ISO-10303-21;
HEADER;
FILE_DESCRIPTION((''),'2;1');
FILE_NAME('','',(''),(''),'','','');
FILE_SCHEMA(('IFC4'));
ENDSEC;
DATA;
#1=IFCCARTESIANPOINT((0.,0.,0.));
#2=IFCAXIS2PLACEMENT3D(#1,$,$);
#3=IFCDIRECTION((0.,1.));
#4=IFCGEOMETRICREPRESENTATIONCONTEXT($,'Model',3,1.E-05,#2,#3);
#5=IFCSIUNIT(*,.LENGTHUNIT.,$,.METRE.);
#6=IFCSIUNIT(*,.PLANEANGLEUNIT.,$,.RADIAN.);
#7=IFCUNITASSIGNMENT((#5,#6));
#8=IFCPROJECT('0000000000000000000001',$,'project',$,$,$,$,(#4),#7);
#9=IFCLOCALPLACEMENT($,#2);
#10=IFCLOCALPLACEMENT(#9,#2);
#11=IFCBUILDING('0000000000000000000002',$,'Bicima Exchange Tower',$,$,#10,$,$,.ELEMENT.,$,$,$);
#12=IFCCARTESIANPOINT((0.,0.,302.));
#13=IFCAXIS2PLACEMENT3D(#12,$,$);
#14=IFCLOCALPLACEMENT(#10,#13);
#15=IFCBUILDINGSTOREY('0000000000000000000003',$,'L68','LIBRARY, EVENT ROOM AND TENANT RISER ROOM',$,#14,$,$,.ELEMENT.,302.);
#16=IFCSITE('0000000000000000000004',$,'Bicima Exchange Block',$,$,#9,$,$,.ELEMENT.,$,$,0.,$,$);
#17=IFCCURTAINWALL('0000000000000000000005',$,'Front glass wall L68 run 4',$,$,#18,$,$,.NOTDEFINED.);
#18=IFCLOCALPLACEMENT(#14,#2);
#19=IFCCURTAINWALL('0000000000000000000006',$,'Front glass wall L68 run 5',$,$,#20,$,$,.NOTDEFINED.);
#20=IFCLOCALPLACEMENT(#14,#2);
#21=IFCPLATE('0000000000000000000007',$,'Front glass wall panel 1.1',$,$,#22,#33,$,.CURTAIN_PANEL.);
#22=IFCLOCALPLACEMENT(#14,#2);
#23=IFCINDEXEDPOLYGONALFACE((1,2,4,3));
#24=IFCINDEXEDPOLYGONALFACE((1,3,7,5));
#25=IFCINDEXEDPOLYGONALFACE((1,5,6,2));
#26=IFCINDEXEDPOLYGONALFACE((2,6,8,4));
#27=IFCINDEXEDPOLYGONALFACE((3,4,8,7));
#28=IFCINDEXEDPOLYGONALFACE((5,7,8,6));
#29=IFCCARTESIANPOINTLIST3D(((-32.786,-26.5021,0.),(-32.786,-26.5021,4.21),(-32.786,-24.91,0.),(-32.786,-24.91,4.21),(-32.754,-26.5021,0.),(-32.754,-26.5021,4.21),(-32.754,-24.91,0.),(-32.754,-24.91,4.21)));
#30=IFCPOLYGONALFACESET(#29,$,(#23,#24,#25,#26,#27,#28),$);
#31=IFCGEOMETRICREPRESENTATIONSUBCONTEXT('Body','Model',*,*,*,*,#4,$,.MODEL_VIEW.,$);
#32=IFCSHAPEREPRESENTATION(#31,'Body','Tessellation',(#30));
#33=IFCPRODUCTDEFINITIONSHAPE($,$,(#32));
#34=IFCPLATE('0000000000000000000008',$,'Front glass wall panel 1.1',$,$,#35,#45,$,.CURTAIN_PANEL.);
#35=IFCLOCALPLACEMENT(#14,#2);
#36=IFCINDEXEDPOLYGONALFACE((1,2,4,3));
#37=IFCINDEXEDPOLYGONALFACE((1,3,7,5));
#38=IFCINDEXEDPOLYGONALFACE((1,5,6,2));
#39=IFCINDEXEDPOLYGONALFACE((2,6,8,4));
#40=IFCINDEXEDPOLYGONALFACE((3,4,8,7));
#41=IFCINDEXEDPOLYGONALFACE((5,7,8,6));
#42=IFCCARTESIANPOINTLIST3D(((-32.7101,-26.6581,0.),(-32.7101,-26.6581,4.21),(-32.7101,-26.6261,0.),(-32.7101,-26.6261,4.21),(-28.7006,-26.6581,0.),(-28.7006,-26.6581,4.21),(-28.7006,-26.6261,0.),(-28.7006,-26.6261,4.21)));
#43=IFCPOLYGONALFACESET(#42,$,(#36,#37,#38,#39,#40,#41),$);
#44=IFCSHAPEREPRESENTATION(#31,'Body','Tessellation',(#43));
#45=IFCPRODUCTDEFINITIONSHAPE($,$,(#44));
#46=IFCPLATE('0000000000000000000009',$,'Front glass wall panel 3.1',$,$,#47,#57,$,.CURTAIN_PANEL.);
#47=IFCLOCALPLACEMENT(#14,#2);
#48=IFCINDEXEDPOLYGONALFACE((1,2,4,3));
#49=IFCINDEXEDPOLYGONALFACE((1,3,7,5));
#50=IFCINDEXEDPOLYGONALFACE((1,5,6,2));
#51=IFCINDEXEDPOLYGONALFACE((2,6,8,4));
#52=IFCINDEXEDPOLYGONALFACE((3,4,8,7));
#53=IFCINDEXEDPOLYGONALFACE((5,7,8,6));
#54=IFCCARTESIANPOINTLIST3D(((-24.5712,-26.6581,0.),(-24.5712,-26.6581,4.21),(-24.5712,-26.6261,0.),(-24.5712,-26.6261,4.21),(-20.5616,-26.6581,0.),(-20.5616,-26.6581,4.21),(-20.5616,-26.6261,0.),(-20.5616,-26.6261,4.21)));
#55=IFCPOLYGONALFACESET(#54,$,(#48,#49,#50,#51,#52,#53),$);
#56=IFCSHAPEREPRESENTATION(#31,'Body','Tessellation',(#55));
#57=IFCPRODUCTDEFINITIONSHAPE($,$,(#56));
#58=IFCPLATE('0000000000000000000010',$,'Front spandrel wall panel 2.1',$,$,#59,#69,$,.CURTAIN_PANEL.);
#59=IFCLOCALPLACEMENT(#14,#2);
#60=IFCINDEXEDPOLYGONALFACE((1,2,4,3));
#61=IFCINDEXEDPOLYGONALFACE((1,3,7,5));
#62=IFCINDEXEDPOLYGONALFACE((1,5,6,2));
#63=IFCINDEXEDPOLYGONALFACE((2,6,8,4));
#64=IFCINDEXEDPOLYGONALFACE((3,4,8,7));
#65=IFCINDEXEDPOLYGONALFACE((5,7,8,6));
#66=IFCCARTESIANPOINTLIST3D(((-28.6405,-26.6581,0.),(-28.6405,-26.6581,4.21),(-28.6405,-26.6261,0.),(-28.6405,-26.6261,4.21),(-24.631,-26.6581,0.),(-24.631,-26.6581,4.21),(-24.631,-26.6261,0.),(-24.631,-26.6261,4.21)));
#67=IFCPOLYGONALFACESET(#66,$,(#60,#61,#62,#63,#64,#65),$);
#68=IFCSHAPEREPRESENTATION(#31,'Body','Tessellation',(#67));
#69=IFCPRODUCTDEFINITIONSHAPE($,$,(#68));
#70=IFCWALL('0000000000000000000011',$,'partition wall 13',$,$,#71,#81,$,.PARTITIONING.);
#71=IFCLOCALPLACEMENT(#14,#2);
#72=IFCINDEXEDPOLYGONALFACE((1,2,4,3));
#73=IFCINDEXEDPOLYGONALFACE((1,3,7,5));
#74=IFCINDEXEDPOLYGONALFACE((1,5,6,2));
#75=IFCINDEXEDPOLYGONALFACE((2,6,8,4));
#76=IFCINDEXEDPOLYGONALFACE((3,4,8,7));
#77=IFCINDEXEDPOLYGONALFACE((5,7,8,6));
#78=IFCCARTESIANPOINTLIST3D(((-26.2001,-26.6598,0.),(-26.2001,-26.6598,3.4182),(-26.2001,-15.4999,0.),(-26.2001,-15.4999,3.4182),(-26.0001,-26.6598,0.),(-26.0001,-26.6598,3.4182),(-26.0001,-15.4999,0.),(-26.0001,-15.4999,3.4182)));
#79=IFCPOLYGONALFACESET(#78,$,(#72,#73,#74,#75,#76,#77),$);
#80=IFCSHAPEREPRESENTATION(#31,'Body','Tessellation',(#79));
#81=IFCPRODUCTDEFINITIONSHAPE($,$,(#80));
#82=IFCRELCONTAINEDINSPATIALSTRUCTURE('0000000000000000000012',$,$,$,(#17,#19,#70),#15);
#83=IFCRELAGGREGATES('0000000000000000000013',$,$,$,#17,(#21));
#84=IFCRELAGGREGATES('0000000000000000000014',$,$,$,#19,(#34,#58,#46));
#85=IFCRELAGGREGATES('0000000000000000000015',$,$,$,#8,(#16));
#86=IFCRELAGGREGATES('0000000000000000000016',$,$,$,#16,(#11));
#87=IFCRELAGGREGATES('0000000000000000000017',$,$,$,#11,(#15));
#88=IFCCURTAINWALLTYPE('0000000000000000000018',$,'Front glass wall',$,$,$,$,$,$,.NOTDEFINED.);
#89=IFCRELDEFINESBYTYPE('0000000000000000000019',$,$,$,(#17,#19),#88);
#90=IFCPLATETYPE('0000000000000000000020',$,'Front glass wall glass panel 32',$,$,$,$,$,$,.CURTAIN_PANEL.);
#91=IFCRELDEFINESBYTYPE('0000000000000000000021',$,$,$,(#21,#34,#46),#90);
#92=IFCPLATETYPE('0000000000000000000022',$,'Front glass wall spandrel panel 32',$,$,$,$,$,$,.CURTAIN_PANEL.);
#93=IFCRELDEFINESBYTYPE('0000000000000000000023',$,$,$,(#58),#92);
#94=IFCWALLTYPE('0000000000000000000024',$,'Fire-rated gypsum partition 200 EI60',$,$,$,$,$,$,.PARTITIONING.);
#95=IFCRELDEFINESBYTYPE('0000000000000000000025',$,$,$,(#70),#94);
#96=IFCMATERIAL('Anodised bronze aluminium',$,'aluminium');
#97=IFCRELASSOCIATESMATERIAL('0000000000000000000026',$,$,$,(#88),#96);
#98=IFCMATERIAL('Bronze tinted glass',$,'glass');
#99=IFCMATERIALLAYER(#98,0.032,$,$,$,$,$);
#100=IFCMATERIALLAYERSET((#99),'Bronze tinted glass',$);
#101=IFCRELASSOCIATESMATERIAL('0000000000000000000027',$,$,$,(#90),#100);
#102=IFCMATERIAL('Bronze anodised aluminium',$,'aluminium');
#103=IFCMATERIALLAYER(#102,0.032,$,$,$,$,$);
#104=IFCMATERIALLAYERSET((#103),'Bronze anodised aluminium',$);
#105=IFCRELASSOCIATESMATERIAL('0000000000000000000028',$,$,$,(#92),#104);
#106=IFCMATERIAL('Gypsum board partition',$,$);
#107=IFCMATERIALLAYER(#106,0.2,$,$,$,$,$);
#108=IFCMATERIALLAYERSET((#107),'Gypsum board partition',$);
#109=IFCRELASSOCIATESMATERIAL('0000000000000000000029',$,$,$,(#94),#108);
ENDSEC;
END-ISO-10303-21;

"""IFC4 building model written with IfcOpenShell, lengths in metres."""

from ifc_helpers import new_model, si_unit, direction, frame, frame_2d, origin, origin_2d, place, context, subcontext, project, spatial, rectangle, extrude, material, layer, layer_set, type_object, element, aggregate, save


model = new_model("IFC4")

# Units and contexts
model_context = context("Model", 3, precision=1e-05, world=origin(), true_north=direction((0.0, 1.0)))
body_context = subcontext(model_context, "Body", "Model", "MODEL_VIEW")
ifc_project = project(units=[si_unit("LENGTHUNIT", "METRE"), si_unit("PLANEANGLEUNIT", "RADIAN")], contexts=[model_context])

# Site, building, storey
site_placement = place(None, origin())
site = spatial("IfcSite", under=ifc_project, at=site_placement, Name="Bicima Exchange Block", CompositionType="ELEMENT", RefElevation=0.0)
building_placement = place(site_placement, origin())
building = spatial("IfcBuilding", under=site, at=building_placement, Name="Bicima Exchange Tower", CompositionType="ELEMENT")
storey_placement = place(building_placement, frame((0.0, 0.0, 302.0)))
storey = spatial("IfcBuildingStorey", under=building, at=storey_placement, Name="L68", Description="LIBRARY, EVENT ROOM AND TENANT RISER ROOM", CompositionType="ELEMENT", Elevation=302.0)

# Curtain walls
ifc_material_1 = material(Name="Anodised bronze aluminium", Category="aluminium")
curtain_wall_type = type_object("IfcCurtainWallType", Name="Front glass wall", PredefinedType="NOTDEFINED", material=ifc_material_1)
curtain_wall_1_placement = place(storey_placement, origin())
curtain_wall_1 = element("IfcCurtainWall", 1, at=curtain_wall_1_placement, inside=storey, type_object=curtain_wall_type, Name="Front glass wall L68 run 4", PredefinedType="NOTDEFINED")
curtain_wall_2_placement = place(storey_placement, origin())
curtain_wall_2 = element("IfcCurtainWall", 2, at=curtain_wall_2_placement, inside=storey, type_object=curtain_wall_type, Name="Front glass wall L68 run 5", PredefinedType="NOTDEFINED")

# Plates
ifc_material_2 = material(Name="Bronze tinted glass", Category="glass")
ifc_layer_1 = layer(ifc_material_2, 0.032)
ifc_layer_set_1 = layer_set([ifc_layer_1], Name="Bronze tinted glass")
plate_type_1 = type_object("IfcPlateType", Name="Front glass wall glass panel 32", PredefinedType="CURTAIN_PANEL", material=ifc_layer_set_1)
plate_1_placement = place(storey_placement, frame((-32.77, -25.7061, 0.0), z_axis=(0.0, 0.0, 1.0), x_axis=(0.0, -1.0, 0.0)))
plate_1 = element("IfcPlate", 3, at=plate_1_placement, type_object=plate_type_1, Name="Front glass wall panel 1.1", PredefinedType="CURTAIN_PANEL", context=body_context, shape_type="SweptSolid", body=[
    extrude(rectangle(XDim=1.592, YDim=0.032, at=origin_2d()), origin(), (0.0, 0.0, 1.0), 4.21),
])
aggregate(curtain_wall_1, [plate_1])
plate_2_placement = place(storey_placement, frame((-30.7053, -26.6421, 0.0), z_axis=(0.0, 0.0, 1.0), x_axis=(1.0, 0.0, 0.0)))
plate_2 = element("IfcPlate", 4, at=plate_2_placement, type_object=plate_type_1, Name="Front glass wall panel 1.1", PredefinedType="CURTAIN_PANEL", context=body_context, shape_type="SweptSolid", body=[
    extrude(rectangle(XDim=4.0095, YDim=0.032, at=origin_2d()), origin(), (0.0, 0.0, 1.0), 4.21),
])
plate_3_placement = place(storey_placement, frame((-22.5664, -26.6421, 0.0), z_axis=(0.0, 0.0, 1.0), x_axis=(1.0, 0.0, 0.0)))
plate_3 = element("IfcPlate", 5, at=plate_3_placement, type_object=plate_type_1, Name="Front glass wall panel 3.1", PredefinedType="CURTAIN_PANEL", context=body_context, shape_type="SweptSolid", body=[
    extrude(rectangle(XDim=4.0095, YDim=0.032, at=origin_2d()), origin(), (0.0, 0.0, 1.0), 4.21),
])
ifc_material_3 = material(Name="Bronze anodised aluminium", Category="aluminium")
ifc_layer_2 = layer(ifc_material_3, 0.032)
ifc_layer_set_2 = layer_set([ifc_layer_2], Name="Bronze anodised aluminium")
plate_type_2 = type_object("IfcPlateType", Name="Front glass wall spandrel panel 32", PredefinedType="CURTAIN_PANEL", material=ifc_layer_set_2)
plate_4_placement = place(storey_placement, frame((-26.6357, -26.6421, 0.0), z_axis=(0.0, 0.0, 1.0), x_axis=(1.0, 0.0, 0.0)))
plate_4 = element("IfcPlate", 6, at=plate_4_placement, type_object=plate_type_2, Name="Front spandrel wall panel 2.1", PredefinedType="CURTAIN_PANEL", context=body_context, shape_type="SweptSolid", body=[
    extrude(rectangle(XDim=4.0095, YDim=0.032, at=origin_2d()), origin(), (0.0, 0.0, 1.0), 4.21),
])
aggregate(curtain_wall_2, [plate_2, plate_4, plate_3])

# Wall
ifc_material_4 = material(Name="Gypsum board partition")
ifc_layer_3 = layer(ifc_material_4, 0.2)
ifc_layer_set_3 = layer_set([ifc_layer_3], Name="Gypsum board partition")
wall_type = type_object("IfcWallType", Name="Fire-rated gypsum partition 200 EI60", PredefinedType="PARTITIONING", material=ifc_layer_set_3)
wall_placement = place(storey_placement, frame((-26.1001, -26.6599, 0.0), z_axis=(0.0, 0.0, 1.0), x_axis=(0.0, 1.0, 0.0)))
element("IfcWall", 7, at=wall_placement, inside=storey, type_object=wall_type, Name="partition wall 13", PredefinedType="PARTITIONING", context=body_context, shape_type="SweptSolid", body=[
    extrude(rectangle(XDim=11.1599, YDim=0.2, at=frame_2d((5.5801, 0.0))), origin(), (0.0, 0.0, 1.0), 3.4182),
])

save(model, "model.ifc")
